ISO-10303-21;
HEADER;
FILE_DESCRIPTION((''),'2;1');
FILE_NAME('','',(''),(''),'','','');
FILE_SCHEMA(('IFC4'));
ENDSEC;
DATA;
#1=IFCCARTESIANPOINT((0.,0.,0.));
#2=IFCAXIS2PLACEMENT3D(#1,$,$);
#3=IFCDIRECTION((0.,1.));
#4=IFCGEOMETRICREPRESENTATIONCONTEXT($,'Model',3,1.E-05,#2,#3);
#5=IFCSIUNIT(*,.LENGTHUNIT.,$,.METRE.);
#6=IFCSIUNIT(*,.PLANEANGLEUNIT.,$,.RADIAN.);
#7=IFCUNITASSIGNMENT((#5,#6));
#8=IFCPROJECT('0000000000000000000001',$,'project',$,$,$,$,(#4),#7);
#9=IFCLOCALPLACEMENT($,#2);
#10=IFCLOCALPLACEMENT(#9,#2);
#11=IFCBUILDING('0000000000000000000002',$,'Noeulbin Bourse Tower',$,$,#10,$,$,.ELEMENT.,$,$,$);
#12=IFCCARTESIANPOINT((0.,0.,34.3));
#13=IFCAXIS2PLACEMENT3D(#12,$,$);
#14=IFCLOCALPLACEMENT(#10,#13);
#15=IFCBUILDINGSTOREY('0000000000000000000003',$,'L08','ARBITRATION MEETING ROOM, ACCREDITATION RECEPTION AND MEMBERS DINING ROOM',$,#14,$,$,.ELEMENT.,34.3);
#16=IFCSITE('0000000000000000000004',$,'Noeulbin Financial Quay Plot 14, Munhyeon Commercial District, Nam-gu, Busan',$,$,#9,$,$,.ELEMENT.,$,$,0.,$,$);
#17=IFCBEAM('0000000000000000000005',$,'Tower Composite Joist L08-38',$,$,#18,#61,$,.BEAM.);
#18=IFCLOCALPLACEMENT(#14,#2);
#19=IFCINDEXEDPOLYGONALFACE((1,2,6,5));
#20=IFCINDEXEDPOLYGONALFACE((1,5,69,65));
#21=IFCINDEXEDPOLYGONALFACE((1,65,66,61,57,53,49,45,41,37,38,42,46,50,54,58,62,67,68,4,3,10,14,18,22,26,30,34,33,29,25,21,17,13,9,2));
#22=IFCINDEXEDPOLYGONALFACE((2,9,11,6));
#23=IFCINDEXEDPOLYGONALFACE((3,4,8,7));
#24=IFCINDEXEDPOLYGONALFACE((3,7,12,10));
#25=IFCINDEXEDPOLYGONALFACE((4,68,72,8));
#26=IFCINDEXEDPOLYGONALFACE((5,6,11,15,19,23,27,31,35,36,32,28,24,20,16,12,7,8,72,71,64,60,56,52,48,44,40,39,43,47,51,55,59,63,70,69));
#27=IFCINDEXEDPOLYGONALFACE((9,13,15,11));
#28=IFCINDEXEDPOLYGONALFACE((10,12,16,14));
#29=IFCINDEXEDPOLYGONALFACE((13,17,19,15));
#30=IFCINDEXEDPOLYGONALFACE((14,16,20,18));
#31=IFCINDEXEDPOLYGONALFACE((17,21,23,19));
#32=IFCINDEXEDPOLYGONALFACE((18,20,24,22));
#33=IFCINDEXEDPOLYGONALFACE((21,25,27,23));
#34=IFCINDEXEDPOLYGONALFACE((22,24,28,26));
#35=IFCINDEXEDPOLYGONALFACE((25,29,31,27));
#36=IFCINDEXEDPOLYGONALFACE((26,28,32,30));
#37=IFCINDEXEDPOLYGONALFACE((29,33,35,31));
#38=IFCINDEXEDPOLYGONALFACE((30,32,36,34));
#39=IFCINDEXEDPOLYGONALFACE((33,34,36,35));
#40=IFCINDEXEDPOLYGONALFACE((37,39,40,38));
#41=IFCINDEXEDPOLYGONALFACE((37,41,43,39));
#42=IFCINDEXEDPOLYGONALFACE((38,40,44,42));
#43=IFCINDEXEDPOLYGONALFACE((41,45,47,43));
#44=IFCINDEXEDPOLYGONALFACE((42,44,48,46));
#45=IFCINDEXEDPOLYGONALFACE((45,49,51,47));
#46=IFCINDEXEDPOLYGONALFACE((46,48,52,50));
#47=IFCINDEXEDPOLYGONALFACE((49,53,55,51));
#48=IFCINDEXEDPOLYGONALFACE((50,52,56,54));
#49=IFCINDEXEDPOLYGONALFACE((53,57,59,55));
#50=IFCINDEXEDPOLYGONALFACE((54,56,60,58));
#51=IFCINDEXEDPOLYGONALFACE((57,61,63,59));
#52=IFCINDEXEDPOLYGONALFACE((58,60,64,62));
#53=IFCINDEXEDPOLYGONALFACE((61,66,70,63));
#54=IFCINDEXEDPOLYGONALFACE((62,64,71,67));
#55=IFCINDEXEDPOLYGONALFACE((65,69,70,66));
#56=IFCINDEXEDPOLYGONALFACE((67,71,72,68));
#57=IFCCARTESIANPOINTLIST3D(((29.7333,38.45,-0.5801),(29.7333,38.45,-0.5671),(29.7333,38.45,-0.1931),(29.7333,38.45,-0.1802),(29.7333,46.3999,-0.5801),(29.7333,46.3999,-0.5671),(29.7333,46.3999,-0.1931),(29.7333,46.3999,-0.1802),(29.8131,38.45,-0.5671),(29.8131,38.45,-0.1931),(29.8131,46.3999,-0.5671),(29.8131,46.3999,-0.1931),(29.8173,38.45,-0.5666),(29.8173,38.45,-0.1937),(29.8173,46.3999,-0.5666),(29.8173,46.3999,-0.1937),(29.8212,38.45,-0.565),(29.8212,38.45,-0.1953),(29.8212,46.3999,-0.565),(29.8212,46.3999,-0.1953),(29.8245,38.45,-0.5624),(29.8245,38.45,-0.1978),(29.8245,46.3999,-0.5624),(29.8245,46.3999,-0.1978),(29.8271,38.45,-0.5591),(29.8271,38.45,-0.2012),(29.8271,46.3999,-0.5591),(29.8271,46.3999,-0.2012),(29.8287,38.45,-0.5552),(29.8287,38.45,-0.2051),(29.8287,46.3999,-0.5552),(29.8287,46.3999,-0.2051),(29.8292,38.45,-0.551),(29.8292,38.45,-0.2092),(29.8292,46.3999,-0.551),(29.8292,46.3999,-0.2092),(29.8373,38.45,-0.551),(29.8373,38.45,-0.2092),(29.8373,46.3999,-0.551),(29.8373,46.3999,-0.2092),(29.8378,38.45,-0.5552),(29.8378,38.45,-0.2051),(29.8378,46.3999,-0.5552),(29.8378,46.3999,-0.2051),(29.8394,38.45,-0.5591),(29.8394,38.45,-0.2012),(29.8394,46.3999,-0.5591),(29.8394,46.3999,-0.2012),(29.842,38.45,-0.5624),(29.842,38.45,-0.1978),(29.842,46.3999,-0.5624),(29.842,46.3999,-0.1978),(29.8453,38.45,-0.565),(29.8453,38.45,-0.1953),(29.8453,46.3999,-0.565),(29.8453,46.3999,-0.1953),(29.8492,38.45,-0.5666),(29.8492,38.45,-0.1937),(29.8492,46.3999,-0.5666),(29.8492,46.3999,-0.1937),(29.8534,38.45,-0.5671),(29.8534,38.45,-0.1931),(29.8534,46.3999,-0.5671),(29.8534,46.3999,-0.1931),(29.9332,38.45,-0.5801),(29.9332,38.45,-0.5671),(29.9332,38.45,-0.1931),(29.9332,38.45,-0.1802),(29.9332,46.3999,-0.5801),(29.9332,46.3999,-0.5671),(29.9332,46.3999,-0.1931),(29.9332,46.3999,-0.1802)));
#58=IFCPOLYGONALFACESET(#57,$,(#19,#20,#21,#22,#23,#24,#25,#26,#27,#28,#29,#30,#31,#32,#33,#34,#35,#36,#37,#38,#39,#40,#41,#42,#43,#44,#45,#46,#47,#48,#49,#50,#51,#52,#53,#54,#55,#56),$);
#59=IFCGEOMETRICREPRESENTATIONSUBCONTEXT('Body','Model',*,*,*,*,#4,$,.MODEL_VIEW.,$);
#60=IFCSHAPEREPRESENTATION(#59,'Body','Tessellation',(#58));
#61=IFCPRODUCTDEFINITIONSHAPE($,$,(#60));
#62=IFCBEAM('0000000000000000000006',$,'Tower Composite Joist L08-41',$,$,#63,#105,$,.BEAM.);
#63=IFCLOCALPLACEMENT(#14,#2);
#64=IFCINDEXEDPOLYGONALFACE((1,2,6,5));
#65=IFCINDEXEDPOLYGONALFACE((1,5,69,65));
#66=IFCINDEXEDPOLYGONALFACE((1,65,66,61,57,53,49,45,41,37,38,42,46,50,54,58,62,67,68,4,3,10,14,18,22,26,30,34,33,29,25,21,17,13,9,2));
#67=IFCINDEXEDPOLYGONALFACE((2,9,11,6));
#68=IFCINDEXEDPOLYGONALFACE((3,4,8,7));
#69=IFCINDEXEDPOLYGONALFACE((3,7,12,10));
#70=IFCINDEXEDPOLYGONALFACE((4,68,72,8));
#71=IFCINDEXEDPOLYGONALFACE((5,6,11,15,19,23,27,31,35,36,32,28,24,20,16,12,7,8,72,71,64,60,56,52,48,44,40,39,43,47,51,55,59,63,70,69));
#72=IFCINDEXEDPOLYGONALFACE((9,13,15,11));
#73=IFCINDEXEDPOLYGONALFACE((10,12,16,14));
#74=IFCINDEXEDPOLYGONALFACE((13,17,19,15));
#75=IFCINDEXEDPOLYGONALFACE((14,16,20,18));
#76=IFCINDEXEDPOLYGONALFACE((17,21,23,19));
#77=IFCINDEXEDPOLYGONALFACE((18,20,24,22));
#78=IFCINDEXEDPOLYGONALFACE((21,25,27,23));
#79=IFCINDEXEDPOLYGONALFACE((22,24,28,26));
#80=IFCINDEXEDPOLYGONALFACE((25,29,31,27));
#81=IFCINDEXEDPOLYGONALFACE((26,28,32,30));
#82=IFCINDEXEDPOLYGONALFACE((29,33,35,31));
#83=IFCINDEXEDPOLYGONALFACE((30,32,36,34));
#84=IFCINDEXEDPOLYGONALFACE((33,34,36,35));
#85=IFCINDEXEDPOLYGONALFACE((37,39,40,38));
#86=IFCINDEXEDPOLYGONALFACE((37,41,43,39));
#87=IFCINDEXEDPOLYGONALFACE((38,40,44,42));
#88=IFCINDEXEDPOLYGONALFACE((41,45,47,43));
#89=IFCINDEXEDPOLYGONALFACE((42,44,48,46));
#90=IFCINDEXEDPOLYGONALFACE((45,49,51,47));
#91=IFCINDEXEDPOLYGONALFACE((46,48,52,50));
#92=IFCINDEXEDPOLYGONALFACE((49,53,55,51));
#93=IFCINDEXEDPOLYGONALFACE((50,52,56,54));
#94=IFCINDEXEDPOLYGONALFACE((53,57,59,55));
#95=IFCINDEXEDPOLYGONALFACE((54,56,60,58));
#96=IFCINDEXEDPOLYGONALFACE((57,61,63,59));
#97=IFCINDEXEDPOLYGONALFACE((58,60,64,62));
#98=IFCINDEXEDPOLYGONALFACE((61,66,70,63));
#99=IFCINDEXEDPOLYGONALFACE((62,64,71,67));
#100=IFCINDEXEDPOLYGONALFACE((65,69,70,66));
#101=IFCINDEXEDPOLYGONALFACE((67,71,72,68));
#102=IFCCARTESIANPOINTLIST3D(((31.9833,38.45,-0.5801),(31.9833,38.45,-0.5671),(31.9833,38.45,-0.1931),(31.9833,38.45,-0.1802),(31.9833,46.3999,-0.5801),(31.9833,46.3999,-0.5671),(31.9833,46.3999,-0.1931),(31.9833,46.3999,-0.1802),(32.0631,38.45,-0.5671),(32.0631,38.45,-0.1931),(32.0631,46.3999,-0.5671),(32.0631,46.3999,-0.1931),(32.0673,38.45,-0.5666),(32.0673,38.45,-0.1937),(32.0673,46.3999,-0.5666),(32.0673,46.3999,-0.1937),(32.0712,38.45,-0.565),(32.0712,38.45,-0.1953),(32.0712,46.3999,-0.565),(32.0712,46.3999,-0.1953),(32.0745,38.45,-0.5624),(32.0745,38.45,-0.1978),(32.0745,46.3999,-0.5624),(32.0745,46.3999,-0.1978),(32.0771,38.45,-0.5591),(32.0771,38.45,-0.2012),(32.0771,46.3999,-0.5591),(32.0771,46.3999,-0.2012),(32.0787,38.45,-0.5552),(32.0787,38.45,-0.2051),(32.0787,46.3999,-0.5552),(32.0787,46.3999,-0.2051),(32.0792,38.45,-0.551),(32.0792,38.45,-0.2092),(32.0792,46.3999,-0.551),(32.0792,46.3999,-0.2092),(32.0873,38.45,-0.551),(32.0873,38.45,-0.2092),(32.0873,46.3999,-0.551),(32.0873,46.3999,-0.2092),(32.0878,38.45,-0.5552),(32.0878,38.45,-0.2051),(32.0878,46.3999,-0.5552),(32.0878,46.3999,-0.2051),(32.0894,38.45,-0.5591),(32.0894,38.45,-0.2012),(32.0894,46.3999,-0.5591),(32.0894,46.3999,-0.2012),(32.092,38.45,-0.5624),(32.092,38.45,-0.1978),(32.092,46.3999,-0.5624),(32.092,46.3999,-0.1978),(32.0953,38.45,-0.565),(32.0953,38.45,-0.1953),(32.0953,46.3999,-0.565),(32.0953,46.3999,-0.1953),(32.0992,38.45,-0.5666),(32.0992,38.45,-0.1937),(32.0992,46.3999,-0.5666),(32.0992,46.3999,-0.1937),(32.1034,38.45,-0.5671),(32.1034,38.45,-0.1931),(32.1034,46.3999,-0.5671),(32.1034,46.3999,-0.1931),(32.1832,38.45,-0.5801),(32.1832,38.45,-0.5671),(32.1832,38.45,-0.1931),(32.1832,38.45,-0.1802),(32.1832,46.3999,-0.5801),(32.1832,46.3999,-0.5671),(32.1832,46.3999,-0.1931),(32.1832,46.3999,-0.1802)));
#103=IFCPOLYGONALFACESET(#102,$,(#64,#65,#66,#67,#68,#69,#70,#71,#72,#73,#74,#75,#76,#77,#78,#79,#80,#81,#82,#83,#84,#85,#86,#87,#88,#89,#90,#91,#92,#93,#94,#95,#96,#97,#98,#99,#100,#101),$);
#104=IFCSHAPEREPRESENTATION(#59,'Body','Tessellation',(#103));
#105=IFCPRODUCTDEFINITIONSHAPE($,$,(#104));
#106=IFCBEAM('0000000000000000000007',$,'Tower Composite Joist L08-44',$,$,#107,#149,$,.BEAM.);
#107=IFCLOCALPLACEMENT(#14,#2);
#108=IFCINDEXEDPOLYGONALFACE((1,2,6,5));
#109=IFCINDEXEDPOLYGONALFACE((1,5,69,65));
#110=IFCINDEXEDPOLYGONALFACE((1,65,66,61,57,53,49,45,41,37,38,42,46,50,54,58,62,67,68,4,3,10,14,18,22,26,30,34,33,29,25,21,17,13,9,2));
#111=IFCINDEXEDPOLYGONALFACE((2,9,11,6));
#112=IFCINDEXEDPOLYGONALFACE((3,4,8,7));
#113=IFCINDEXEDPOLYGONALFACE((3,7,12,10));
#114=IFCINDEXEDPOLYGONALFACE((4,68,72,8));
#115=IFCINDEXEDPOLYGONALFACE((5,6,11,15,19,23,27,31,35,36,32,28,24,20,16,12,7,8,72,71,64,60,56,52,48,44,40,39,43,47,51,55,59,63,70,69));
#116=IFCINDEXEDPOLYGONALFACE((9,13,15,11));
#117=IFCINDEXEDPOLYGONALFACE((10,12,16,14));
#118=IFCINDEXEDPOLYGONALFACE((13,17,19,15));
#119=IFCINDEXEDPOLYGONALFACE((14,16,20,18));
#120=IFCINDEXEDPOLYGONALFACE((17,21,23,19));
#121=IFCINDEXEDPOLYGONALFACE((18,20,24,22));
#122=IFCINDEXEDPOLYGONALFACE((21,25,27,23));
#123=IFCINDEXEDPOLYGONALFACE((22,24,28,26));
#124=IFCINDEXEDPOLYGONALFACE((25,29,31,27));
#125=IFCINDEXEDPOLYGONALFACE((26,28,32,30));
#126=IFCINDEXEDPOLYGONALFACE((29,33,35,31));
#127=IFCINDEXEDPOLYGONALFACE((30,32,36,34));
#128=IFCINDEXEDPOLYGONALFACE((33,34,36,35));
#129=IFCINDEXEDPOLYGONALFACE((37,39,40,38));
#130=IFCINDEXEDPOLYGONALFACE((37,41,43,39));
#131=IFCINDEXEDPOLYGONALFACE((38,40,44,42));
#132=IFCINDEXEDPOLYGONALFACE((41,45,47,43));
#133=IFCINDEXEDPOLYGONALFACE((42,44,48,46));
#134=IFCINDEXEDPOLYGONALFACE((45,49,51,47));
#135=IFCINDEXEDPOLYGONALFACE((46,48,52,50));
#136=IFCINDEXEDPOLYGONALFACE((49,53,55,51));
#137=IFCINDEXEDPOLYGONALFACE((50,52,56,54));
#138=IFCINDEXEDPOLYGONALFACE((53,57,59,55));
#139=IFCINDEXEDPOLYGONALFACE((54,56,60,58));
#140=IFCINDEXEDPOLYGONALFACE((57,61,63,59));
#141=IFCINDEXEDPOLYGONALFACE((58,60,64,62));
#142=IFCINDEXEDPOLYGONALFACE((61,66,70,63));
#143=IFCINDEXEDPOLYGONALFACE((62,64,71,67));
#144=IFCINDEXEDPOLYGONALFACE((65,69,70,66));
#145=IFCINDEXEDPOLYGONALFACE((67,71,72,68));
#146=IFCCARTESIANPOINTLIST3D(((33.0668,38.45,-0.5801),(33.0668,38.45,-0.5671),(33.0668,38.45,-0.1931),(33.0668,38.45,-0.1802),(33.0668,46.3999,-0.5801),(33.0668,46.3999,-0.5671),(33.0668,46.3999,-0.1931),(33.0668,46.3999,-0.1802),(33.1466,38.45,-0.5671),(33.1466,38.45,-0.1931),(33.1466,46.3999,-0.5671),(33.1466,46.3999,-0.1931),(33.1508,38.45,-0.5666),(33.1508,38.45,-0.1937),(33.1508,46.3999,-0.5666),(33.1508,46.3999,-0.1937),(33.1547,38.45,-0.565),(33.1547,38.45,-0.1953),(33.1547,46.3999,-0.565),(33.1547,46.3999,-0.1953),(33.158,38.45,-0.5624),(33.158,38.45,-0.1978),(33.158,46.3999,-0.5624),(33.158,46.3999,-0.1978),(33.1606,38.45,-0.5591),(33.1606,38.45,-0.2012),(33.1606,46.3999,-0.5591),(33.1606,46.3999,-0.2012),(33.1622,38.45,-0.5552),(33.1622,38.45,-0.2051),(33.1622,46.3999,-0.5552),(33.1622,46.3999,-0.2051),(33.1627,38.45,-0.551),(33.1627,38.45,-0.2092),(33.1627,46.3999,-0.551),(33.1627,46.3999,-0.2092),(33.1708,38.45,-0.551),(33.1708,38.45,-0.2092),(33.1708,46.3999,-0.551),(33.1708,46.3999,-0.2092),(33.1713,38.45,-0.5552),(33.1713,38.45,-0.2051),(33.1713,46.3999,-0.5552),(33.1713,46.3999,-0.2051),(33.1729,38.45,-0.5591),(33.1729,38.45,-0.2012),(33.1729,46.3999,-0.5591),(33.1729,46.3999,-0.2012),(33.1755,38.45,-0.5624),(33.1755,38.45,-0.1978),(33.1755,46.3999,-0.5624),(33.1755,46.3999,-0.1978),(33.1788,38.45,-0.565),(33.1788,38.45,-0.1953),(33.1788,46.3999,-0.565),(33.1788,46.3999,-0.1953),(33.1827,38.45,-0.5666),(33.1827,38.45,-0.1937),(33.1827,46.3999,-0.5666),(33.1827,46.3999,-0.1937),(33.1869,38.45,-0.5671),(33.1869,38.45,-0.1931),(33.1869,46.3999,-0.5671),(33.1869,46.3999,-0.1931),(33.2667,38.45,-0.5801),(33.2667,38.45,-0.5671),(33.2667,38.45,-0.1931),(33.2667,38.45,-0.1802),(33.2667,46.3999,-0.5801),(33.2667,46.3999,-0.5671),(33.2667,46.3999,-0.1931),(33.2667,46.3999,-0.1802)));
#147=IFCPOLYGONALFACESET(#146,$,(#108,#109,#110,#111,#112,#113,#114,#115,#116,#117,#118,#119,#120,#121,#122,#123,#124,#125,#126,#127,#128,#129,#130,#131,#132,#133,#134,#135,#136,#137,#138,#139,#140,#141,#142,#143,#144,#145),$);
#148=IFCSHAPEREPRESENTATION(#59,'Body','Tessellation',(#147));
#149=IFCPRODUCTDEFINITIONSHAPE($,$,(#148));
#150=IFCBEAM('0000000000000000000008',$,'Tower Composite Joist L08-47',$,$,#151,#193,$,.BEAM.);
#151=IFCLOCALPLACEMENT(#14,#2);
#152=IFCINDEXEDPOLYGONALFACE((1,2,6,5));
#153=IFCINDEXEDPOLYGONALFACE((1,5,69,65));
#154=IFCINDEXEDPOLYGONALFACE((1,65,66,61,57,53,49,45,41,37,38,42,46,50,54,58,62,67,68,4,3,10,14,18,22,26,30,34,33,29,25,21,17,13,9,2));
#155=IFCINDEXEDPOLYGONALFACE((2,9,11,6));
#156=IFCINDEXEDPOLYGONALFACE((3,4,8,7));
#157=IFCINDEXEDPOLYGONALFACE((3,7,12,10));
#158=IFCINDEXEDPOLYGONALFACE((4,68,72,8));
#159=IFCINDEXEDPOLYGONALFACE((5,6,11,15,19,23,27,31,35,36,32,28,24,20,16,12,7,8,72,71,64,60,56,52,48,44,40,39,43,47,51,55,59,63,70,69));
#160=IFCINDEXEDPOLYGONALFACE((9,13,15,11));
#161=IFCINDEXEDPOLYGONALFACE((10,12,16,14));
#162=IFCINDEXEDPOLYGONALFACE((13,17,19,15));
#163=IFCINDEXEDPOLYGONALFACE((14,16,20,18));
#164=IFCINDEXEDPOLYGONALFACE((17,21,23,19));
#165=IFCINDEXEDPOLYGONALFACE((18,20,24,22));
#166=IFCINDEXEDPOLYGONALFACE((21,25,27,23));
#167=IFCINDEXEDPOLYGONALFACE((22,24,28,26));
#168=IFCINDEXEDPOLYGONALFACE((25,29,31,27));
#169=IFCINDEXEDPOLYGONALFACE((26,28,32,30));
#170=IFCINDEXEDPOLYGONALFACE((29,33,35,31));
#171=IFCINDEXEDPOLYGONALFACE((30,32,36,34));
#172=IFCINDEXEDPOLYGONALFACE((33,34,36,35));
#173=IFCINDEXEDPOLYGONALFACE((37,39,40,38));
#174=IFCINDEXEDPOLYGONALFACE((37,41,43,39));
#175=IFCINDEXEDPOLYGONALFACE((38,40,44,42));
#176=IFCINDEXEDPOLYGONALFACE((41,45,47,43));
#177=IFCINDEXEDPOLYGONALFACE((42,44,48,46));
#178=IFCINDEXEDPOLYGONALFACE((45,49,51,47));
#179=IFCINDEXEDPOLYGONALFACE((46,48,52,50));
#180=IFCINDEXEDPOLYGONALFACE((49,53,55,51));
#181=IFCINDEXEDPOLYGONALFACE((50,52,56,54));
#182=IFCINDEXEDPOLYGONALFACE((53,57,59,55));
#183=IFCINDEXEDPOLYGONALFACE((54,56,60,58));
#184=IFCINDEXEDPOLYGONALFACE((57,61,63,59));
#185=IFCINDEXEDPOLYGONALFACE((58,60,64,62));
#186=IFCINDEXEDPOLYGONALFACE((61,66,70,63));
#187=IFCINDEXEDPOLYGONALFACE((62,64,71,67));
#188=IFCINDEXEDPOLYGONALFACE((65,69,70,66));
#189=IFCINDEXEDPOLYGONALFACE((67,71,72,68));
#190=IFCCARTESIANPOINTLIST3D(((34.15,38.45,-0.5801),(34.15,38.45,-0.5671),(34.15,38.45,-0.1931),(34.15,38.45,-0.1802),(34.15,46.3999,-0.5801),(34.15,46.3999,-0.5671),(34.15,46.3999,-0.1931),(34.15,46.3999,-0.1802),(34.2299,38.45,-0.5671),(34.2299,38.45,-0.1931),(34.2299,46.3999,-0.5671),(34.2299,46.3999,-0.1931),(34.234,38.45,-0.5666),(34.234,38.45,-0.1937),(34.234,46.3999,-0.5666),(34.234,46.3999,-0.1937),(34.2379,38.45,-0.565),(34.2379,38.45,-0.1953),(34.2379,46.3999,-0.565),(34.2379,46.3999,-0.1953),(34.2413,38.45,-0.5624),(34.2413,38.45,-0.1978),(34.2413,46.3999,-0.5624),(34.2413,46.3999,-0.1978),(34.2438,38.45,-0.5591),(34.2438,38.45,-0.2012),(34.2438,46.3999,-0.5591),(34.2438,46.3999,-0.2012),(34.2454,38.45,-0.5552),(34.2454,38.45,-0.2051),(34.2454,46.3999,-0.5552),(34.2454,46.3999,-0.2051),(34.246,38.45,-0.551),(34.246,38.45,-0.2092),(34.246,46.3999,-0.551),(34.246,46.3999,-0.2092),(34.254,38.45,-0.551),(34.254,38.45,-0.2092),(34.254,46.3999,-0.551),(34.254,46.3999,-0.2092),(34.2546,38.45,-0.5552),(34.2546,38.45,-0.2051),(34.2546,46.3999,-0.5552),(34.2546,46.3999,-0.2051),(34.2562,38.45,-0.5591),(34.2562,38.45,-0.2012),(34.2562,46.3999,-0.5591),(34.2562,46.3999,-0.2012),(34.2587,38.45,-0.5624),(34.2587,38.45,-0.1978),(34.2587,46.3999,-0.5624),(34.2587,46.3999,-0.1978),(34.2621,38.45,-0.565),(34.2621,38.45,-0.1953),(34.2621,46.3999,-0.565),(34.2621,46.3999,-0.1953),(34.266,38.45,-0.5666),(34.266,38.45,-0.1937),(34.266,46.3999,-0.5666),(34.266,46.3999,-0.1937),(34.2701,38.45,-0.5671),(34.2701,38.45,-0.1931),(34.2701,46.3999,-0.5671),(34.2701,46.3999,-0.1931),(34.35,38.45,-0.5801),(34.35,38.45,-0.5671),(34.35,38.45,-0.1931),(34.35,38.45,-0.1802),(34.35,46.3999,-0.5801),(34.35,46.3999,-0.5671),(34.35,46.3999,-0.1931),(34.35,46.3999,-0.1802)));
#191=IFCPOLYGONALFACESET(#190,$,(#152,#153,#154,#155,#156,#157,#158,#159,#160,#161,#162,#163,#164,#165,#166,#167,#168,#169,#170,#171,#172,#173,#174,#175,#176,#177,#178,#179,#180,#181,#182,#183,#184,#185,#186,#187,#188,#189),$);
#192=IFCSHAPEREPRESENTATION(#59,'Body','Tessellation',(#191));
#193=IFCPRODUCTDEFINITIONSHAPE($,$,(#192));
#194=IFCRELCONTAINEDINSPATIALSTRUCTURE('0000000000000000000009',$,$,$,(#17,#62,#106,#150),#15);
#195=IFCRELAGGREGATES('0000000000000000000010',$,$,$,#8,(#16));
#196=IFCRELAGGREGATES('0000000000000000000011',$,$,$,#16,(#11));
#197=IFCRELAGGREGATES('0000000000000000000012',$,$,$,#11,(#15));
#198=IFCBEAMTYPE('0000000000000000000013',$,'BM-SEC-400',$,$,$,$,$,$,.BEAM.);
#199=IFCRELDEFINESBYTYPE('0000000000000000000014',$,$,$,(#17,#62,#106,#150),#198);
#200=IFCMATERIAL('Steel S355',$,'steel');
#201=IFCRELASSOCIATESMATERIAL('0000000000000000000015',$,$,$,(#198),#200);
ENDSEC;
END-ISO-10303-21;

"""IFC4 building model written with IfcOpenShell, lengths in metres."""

from ifc_helpers import new_model, si_unit, direction, frame, origin, origin_2d, place, context, subcontext, project, spatial, i_section, extrude, material, material_profile, profile_set, type_object, element, save


model = new_model("IFC4")

# Units and contexts
model_context = context("Model", 3, precision=1e-05, world=origin(), true_north=direction((0.0, 1.0)))
body_context = subcontext(model_context, "Body", "Model", "MODEL_VIEW")
ifc_project = project(units=[si_unit("LENGTHUNIT", "METRE"), si_unit("PLANEANGLEUNIT", "RADIAN")], contexts=[model_context])

# Site, building, storey
site_placement = place(None, origin())
site = spatial("IfcSite", under=ifc_project, at=site_placement, Name="Noeulbin Financial Quay Plot 14, Munhyeon Commercial District, Nam-gu, Busan", CompositionType="ELEMENT", RefElevation=0.0)
building_placement = place(site_placement, origin())
building = spatial("IfcBuilding", under=site, at=building_placement, Name="Noeulbin Bourse Tower", CompositionType="ELEMENT")
storey_placement = place(building_placement, frame((0.0, 0.0, 34.3)))
storey = spatial("IfcBuildingStorey", under=building, at=storey_placement, Name="L08", Description="ARBITRATION MEETING ROOM, ACCREDITATION RECEPTION AND MEMBERS DINING ROOM", CompositionType="ELEMENT", Elevation=34.3)

# Beams
ifc_material_1 = material(Name="Steel S355", Category="steel")
ifc_material_profile_1 = material_profile(ifc_material_1, i_section(OverallWidth=0.2, OverallDepth=0.3999, WebThickness=0.0081, FlangeThickness=0.0129, FilletRadius=0.0161, at=origin_2d()), Name="H-400x200x8x13", Category="LoadBearing")
ifc_profile_set_1 = profile_set([ifc_material_profile_1], Name="Steel S355")
beam_type_1 = type_object("IfcBeamType", Name="BM-SEC-400", PredefinedType="BEAM", material=ifc_profile_set_1)
for number, where, z_axis, x_axis, name in (
    (1, (29.8333, 38.45, -0.3801), (0.0, 1.0, 0.0), (-1.0, 0.0, 0.0), "Tower Composite Joist L08-38"),
    (2, (32.0833, 38.45, -0.3801), (0.0, 1.0, 0.0), (-1.0, 0.0, 0.0), "Tower Composite Joist L08-41"),
    (3, (33.1667, 38.45, -0.3801), (0.0, 1.0, 0.0), (-1.0, 0.0, 0.0), "Tower Composite Joist L08-44"),
    (4, (34.25, 38.45, -0.3801), (0.0, 1.0, 0.0), (-1.0, 0.0, 0.0), "Tower Composite Joist L08-47"),
):
    element("IfcBeam", number, at=place(storey_placement, frame(where, z_axis=z_axis, x_axis=x_axis)), inside=storey, type_object=beam_type_1, Name=name, PredefinedType="BEAM", context=body_context, shape_type="SweptSolid", body=[
        extrude(i_section(OverallWidth=0.2, OverallDepth=0.3999, WebThickness=0.0081, FlangeThickness=0.0129, FilletRadius=0.0161, at=origin_2d()), origin(), (0.0, 0.0, 1.0), 7.95),
    ])

save(model, "model.ifc")
